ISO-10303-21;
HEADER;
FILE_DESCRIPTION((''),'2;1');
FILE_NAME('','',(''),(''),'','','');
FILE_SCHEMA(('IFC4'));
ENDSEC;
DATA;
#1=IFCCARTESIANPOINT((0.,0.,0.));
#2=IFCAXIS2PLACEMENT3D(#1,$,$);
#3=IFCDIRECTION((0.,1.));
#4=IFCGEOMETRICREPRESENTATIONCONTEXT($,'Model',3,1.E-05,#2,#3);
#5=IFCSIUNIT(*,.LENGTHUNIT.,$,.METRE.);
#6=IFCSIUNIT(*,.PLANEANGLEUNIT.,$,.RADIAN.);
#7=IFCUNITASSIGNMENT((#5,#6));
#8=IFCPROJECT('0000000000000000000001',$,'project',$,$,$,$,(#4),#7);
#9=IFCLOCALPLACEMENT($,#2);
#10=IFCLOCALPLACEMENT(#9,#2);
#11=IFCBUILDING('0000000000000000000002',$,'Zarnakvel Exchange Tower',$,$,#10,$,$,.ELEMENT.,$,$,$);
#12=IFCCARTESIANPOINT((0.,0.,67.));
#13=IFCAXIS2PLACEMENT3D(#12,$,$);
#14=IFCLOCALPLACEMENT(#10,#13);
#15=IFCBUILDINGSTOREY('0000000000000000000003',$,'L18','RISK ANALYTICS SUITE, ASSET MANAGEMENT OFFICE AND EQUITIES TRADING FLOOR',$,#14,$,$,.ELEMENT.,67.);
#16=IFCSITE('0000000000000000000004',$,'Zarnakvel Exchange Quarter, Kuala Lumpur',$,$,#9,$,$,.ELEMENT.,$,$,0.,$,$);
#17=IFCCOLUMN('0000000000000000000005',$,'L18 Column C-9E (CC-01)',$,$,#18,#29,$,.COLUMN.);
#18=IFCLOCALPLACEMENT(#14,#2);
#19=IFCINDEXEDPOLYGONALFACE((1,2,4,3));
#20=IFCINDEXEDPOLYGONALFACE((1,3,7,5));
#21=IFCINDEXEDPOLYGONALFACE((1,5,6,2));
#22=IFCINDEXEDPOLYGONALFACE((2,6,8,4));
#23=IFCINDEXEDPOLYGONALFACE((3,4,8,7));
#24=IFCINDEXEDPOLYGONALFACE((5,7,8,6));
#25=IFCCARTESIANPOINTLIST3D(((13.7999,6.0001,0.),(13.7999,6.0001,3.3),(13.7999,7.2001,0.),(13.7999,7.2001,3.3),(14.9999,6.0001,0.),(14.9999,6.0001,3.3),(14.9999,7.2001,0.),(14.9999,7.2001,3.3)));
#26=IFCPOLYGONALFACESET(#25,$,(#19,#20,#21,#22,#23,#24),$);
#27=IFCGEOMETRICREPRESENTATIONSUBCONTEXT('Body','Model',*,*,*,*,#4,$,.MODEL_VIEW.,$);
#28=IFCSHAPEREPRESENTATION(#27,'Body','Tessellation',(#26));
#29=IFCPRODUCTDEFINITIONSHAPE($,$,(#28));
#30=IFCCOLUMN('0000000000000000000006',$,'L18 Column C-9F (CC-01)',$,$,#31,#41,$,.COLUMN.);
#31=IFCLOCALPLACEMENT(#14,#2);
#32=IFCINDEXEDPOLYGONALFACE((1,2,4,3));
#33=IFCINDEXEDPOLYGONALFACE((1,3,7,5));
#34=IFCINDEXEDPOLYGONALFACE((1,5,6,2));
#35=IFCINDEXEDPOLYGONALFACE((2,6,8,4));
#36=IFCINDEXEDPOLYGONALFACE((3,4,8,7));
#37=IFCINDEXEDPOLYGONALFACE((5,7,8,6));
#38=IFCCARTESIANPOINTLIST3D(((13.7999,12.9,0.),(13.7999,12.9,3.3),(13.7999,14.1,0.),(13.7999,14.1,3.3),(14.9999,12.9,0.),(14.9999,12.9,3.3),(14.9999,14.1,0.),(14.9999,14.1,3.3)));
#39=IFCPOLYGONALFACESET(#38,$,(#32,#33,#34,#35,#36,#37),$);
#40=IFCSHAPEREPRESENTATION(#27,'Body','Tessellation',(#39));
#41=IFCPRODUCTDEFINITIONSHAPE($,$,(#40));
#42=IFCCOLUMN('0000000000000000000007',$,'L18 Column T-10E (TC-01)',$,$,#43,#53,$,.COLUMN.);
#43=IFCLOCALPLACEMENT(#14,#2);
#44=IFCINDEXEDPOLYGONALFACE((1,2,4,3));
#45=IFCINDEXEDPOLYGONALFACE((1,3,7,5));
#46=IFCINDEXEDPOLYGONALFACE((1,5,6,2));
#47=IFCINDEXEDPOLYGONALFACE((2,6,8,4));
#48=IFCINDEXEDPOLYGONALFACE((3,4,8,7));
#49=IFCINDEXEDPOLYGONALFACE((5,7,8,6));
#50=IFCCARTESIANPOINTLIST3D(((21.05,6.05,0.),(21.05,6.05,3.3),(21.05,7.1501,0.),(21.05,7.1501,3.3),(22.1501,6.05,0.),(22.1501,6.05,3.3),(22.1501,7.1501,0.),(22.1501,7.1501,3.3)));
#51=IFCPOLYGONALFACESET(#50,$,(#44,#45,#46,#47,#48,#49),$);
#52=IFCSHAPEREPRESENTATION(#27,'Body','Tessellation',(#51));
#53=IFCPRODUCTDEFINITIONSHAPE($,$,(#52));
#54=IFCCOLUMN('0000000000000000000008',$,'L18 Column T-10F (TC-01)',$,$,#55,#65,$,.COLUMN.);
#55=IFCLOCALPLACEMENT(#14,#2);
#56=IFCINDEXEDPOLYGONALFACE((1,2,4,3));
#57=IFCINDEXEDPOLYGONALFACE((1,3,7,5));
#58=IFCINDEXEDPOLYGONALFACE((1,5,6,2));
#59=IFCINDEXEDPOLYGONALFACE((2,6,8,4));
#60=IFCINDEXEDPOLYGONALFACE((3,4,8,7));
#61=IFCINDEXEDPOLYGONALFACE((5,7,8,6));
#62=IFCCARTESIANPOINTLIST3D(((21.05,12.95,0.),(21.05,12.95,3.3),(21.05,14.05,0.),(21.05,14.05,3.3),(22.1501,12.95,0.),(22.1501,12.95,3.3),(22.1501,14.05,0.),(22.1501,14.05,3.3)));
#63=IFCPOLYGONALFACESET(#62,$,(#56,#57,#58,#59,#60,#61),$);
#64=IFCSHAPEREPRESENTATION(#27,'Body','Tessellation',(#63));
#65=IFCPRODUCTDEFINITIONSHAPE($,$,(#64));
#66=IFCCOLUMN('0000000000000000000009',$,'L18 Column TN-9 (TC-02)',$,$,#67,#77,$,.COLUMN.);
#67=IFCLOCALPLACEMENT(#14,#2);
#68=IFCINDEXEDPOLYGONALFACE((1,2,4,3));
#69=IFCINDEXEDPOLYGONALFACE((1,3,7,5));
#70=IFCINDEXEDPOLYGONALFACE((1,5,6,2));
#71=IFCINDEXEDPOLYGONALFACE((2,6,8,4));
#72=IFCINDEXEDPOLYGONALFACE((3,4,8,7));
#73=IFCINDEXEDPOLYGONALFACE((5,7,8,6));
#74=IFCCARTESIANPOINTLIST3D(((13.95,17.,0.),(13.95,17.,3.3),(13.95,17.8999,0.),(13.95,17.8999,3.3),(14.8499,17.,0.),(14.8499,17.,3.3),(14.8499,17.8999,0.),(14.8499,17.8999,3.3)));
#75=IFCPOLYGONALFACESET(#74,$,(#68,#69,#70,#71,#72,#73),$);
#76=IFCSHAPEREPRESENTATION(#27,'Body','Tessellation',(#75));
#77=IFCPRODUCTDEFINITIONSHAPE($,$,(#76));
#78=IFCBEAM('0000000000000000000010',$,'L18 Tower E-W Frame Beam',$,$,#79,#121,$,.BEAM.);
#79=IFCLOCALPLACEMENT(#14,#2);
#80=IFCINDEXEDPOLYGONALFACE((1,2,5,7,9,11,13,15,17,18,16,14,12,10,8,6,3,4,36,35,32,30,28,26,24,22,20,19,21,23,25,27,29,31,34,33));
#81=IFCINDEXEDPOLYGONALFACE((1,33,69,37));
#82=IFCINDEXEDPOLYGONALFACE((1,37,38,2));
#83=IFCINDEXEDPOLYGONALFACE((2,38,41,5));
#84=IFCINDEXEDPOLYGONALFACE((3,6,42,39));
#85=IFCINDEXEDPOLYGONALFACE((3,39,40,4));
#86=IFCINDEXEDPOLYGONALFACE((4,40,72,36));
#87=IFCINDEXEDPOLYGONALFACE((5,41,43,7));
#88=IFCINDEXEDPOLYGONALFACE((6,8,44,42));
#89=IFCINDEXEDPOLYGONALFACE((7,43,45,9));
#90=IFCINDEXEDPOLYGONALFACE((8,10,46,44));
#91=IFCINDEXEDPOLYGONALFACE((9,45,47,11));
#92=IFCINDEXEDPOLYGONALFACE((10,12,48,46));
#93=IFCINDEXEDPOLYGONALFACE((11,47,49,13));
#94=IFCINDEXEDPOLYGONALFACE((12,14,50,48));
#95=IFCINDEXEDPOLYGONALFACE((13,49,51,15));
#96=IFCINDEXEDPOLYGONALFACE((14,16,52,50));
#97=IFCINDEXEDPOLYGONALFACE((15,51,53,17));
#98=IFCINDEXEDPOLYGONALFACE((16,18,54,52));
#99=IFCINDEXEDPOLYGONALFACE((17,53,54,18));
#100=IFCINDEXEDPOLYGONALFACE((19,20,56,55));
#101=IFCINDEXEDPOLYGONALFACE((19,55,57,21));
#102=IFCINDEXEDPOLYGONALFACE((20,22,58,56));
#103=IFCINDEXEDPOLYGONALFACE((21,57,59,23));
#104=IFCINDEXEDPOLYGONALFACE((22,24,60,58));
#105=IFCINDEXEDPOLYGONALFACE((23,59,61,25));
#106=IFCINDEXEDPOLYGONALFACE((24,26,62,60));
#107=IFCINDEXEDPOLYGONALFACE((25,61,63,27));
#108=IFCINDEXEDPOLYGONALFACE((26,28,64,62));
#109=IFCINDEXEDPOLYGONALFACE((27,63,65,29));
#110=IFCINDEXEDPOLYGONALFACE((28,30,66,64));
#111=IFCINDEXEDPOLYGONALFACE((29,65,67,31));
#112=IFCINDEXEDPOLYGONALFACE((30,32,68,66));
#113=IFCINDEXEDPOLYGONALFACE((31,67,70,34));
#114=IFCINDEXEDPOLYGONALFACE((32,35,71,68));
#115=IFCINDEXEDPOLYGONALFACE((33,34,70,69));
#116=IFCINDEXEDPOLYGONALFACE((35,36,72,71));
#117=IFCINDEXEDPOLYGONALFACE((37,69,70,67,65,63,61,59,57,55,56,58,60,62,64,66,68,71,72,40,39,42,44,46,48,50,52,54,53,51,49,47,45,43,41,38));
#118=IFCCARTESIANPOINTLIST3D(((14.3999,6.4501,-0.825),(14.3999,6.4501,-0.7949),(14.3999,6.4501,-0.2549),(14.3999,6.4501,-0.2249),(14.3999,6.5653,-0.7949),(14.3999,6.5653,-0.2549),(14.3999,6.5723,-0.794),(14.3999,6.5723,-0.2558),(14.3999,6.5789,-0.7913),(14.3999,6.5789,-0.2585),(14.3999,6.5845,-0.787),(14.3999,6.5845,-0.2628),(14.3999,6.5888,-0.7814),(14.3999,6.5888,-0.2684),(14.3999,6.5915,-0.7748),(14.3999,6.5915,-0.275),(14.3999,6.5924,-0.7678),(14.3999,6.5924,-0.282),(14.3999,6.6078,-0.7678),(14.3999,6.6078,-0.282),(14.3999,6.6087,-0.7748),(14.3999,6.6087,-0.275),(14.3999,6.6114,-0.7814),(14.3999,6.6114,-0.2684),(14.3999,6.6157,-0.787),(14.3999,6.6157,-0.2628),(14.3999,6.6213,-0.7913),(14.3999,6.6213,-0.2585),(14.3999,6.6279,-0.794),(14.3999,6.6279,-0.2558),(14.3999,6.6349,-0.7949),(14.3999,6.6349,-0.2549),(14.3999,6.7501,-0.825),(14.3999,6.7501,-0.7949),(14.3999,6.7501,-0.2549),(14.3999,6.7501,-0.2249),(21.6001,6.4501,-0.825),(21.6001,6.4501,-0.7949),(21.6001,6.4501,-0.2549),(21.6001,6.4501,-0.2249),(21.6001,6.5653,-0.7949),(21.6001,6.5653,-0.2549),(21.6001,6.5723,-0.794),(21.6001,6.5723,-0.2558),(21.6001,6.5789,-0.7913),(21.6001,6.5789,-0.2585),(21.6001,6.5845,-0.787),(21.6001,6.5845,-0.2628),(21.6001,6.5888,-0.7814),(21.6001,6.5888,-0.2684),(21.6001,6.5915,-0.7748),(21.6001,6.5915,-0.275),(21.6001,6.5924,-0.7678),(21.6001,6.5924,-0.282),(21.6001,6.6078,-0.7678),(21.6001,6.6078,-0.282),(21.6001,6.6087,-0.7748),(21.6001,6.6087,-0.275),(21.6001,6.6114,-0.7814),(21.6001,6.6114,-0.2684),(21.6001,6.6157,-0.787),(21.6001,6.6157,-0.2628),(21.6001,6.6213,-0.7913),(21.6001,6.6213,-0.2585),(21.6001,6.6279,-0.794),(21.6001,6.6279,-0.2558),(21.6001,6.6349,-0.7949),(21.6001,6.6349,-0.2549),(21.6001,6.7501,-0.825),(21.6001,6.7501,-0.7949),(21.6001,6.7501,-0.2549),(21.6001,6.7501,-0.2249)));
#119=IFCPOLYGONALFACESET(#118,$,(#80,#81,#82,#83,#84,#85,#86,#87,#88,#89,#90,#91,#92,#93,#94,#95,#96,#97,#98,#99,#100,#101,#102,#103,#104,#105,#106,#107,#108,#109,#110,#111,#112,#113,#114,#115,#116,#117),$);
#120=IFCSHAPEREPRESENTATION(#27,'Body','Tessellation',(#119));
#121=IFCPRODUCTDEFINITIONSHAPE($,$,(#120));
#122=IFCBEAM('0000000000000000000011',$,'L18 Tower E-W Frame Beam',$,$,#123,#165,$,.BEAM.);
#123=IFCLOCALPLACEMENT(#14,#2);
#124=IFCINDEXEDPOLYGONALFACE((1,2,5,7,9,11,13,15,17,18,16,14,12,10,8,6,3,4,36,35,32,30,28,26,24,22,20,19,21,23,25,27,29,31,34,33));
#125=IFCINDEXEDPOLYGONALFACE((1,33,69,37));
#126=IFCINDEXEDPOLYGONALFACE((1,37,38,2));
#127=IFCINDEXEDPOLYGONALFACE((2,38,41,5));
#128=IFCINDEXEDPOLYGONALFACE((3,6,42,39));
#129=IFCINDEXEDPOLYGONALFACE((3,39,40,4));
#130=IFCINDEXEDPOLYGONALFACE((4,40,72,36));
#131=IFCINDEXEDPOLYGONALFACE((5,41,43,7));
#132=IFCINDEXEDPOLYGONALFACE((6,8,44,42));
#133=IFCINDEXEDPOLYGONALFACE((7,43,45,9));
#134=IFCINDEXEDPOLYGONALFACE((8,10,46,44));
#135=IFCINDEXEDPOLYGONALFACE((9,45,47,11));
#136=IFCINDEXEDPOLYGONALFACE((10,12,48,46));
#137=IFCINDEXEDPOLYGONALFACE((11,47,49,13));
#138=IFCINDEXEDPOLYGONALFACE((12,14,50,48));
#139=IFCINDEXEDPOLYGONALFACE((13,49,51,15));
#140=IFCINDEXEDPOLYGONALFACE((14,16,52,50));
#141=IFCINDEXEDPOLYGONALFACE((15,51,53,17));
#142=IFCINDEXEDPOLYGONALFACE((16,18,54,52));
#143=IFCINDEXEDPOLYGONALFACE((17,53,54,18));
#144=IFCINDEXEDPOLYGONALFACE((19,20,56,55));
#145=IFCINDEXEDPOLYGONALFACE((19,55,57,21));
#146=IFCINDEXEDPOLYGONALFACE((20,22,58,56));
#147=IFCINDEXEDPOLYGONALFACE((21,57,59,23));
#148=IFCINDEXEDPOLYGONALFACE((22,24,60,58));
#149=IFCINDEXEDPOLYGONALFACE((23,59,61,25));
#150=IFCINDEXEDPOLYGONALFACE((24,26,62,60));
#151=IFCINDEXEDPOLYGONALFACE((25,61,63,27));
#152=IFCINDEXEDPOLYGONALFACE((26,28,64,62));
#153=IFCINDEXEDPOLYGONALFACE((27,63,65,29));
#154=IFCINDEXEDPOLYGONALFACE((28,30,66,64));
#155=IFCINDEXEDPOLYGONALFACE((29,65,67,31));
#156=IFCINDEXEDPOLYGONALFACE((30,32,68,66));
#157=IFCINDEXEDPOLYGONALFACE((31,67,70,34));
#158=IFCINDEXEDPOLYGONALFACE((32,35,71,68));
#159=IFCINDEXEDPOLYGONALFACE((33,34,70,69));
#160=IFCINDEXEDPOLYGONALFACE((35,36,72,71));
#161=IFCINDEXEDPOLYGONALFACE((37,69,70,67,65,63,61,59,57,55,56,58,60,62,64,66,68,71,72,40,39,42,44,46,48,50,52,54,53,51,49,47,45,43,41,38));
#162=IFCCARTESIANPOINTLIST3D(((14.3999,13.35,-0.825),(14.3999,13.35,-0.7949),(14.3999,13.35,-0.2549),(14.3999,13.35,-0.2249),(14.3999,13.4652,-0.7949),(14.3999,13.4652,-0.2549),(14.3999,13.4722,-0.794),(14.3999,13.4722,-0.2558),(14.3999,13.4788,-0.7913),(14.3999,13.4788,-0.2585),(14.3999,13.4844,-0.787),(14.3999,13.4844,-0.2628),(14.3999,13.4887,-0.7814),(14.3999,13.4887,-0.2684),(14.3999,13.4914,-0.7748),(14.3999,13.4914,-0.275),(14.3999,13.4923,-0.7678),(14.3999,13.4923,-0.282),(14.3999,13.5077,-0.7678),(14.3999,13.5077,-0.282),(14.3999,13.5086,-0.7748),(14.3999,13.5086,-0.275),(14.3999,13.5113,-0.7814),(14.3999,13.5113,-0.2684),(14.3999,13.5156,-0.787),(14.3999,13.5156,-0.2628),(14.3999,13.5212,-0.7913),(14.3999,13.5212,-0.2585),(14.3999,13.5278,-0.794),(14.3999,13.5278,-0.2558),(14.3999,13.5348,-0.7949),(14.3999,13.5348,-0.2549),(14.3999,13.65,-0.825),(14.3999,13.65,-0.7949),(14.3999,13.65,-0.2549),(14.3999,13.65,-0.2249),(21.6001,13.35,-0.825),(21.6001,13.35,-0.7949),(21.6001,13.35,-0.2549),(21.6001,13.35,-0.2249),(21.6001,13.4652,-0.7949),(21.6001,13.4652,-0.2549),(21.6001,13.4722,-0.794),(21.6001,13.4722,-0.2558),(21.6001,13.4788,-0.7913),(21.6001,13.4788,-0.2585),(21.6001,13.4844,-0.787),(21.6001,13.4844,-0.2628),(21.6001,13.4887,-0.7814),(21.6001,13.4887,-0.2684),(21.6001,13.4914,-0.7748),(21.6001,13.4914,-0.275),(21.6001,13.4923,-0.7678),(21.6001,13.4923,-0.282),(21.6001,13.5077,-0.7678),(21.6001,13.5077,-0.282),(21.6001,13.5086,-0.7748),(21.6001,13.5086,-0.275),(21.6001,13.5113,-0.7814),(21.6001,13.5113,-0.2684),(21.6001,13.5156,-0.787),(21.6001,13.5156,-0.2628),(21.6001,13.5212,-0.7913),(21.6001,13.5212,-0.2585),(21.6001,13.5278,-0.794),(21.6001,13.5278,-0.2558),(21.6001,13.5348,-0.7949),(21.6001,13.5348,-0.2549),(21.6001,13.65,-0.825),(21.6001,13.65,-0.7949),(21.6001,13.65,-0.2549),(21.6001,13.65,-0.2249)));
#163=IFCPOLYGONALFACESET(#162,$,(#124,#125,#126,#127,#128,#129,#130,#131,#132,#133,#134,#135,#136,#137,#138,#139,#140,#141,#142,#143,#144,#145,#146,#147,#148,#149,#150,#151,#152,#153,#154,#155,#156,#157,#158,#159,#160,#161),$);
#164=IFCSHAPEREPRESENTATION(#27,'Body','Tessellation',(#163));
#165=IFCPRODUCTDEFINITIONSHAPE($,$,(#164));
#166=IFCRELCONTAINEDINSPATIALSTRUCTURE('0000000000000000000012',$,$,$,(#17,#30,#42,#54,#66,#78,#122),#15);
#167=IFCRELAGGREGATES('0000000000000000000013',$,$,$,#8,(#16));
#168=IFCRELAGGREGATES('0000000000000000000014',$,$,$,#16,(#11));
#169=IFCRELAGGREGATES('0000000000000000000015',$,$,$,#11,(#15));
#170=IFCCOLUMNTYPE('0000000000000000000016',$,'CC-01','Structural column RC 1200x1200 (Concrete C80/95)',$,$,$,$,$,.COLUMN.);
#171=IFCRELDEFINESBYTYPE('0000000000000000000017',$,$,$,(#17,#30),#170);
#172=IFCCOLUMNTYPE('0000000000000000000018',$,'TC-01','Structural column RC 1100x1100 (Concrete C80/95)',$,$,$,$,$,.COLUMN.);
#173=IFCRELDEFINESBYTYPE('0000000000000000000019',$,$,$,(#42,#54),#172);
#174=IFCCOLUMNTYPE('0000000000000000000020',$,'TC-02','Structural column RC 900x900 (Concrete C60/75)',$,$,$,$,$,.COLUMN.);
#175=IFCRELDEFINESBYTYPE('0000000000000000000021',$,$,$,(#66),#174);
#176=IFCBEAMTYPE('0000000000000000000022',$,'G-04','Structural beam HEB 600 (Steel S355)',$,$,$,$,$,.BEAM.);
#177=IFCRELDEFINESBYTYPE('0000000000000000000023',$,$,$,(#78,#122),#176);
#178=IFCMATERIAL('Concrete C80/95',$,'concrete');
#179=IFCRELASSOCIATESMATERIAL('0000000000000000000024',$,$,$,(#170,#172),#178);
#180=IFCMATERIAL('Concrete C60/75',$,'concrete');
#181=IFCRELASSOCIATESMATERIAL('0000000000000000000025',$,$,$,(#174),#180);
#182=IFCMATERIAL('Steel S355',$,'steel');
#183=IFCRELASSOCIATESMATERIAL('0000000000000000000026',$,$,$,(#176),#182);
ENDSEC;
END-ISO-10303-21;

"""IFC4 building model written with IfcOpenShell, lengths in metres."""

from ifc_helpers import new_model, si_unit, direction, frame, origin, origin_2d, place, context, subcontext, project, spatial, rectangle, i_section, extrude, material, material_profile, profile_set, type_object, element, save


model = new_model("IFC4")

# Units and contexts
model_context = context("Model", 3, precision=1e-05, world=origin(), true_north=direction((0.0, 1.0)))
body_context = subcontext(model_context, "Body", "Model", "MODEL_VIEW")
ifc_project = project(units=[si_unit("LENGTHUNIT", "METRE"), si_unit("PLANEANGLEUNIT", "RADIAN")], contexts=[model_context])

# Site, building, storey
site_placement = place(None, origin())
site = spatial("IfcSite", under=ifc_project, at=site_placement, Name="Zarnakvel Exchange Quarter, Kuala Lumpur", CompositionType="ELEMENT", RefElevation=0.0)
building_placement = place(site_placement, origin())
building = spatial("IfcBuilding", under=site, at=building_placement, Name="Zarnakvel Exchange Tower", CompositionType="ELEMENT")
storey_placement = place(building_placement, frame((0.0, 0.0, 67.0)))
storey = spatial("IfcBuildingStorey", under=building, at=storey_placement, Name="L18", Description="RISK ANALYTICS SUITE, ASSET MANAGEMENT OFFICE AND EQUITIES TRADING FLOOR", CompositionType="ELEMENT", Elevation=67.0)

# Columns
ifc_material_1 = material(Name="Concrete C80/95", Category="concrete")
ifc_material_profile_1 = material_profile(ifc_material_1, rectangle(XDim=1.2, YDim=1.2, at=origin_2d()))
ifc_profile_set_1 = profile_set([ifc_material_profile_1], Name="Concrete C80/95")
column_type_1 = type_object("IfcColumnType", Name="CC-01", Description="Structural column RC 1200x1200 (Concrete C80/95)", PredefinedType="COLUMN", material=ifc_profile_set_1)
for number, where, z_axis, x_axis, name in (
    (1, (14.3999, 6.6001, 0.0), (0.0, 0.0, 1.0), (1.0, 0.0, 0.0), "L18 Column C-9E (CC-01)"),
    (2, (14.3999, 13.5, 0.0), (0.0, 0.0, 1.0), (1.0, 0.0, 0.0), "L18 Column C-9F (CC-01)"),
):
    element("IfcColumn", number, at=place(storey_placement, frame(where, z_axis=z_axis, x_axis=x_axis)), inside=storey, type_object=column_type_1, Name=name, PredefinedType="COLUMN", context=body_context, shape_type="SweptSolid", body=[
        extrude(rectangle(XDim=1.2, YDim=1.2, at=origin_2d()), origin(), (0.0, 0.0, 1.0), 3.3),
    ])
ifc_material_profile_2 = material_profile(ifc_material_1, rectangle(XDim=1.1001, YDim=1.1001, at=origin_2d()))
ifc_profile_set_2 = profile_set([ifc_material_profile_2], Name="Concrete C80/95")
column_type_2 = type_object("IfcColumnType", Name="TC-01", Description="Structural column RC 1100x1100 (Concrete C80/95)", PredefinedType="COLUMN", material=ifc_profile_set_2)
for number, where, z_axis, x_axis, name in (
    (3, (21.6001, 6.6001, 0.0), (0.0, 0.0, 1.0), (1.0, 0.0, 0.0), "L18 Column T-10E (TC-01)"),
    (4, (21.6001, 13.5, 0.0), (0.0, 0.0, 1.0), (1.0, 0.0, 0.0), "L18 Column T-10F (TC-01)"),
):
    element("IfcColumn", number, at=place(storey_placement, frame(where, z_axis=z_axis, x_axis=x_axis)), inside=storey, type_object=column_type_2, Name=name, PredefinedType="COLUMN", context=body_context, shape_type="SweptSolid", body=[
        extrude(rectangle(XDim=1.1001, YDim=1.1001, at=origin_2d()), origin(), (0.0, 0.0, 1.0), 3.3),
    ])
ifc_material_2 = material(Name="Concrete C60/75", Category="concrete")
ifc_material_profile_3 = material_profile(ifc_material_2, rectangle(XDim=0.8999, YDim=0.8999, at=origin_2d()))
ifc_profile_set_3 = profile_set([ifc_material_profile_3], Name="Concrete C60/75")
column_type_3 = type_object("IfcColumnType", Name="TC-02", Description="Structural column RC 900x900 (Concrete C60/75)", PredefinedType="COLUMN", material=ifc_profile_set_3)
column_placement = place(storey_placement, frame((14.3999, 17.45, 0.0), z_axis=(0.0, 0.0, 1.0), x_axis=(1.0, 0.0, 0.0)))
element("IfcColumn", 5, at=column_placement, inside=storey, type_object=column_type_3, Name="L18 Column TN-9 (TC-02)", PredefinedType="COLUMN", context=body_context, shape_type="SweptSolid", body=[
    extrude(rectangle(XDim=0.8999, YDim=0.8999, at=origin_2d()), origin(), (0.0, 0.0, 1.0), 3.3),
])

# Beams
ifc_material_3 = material(Name="Steel S355", Category="steel")
ifc_material_profile_4 = material_profile(ifc_material_3, i_section(OverallWidth=0.3, OverallDepth=0.6001, WebThickness=0.0154, FlangeThickness=0.03, FilletRadius=0.0271, at=origin_2d()))
ifc_profile_set_4 = profile_set([ifc_material_profile_4], Name="Steel S355")
beam_type_1 = type_object("IfcBeamType", Name="G-04", Description="Structural beam HEB 600 (Steel S355)", PredefinedType="BEAM", material=ifc_profile_set_4)
for number, where, z_axis, x_axis, name in (
    (6, (14.3999, 6.6001, -0.5249), (1.0, 0.0, 0.0), (0.0, 1.0, 0.0), "L18 Tower E-W Frame Beam"),
    (7, (14.3999, 13.5, -0.5249), (1.0, 0.0, 0.0), (0.0, 1.0, 0.0), "L18 Tower E-W Frame Beam"),
):
    element("IfcBeam", number, at=place(storey_placement, frame(where, z_axis=z_axis, x_axis=x_axis)), inside=storey, type_object=beam_type_1, Name=name, PredefinedType="BEAM", context=body_context, shape_type="SweptSolid", body=[
        extrude(i_section(OverallWidth=0.3, OverallDepth=0.6001, WebThickness=0.0154, FlangeThickness=0.03, FilletRadius=0.0271, at=origin_2d()), origin(), (0.0, 0.0, 1.0), 7.2002),
    ])

save(model, "model.ifc")
